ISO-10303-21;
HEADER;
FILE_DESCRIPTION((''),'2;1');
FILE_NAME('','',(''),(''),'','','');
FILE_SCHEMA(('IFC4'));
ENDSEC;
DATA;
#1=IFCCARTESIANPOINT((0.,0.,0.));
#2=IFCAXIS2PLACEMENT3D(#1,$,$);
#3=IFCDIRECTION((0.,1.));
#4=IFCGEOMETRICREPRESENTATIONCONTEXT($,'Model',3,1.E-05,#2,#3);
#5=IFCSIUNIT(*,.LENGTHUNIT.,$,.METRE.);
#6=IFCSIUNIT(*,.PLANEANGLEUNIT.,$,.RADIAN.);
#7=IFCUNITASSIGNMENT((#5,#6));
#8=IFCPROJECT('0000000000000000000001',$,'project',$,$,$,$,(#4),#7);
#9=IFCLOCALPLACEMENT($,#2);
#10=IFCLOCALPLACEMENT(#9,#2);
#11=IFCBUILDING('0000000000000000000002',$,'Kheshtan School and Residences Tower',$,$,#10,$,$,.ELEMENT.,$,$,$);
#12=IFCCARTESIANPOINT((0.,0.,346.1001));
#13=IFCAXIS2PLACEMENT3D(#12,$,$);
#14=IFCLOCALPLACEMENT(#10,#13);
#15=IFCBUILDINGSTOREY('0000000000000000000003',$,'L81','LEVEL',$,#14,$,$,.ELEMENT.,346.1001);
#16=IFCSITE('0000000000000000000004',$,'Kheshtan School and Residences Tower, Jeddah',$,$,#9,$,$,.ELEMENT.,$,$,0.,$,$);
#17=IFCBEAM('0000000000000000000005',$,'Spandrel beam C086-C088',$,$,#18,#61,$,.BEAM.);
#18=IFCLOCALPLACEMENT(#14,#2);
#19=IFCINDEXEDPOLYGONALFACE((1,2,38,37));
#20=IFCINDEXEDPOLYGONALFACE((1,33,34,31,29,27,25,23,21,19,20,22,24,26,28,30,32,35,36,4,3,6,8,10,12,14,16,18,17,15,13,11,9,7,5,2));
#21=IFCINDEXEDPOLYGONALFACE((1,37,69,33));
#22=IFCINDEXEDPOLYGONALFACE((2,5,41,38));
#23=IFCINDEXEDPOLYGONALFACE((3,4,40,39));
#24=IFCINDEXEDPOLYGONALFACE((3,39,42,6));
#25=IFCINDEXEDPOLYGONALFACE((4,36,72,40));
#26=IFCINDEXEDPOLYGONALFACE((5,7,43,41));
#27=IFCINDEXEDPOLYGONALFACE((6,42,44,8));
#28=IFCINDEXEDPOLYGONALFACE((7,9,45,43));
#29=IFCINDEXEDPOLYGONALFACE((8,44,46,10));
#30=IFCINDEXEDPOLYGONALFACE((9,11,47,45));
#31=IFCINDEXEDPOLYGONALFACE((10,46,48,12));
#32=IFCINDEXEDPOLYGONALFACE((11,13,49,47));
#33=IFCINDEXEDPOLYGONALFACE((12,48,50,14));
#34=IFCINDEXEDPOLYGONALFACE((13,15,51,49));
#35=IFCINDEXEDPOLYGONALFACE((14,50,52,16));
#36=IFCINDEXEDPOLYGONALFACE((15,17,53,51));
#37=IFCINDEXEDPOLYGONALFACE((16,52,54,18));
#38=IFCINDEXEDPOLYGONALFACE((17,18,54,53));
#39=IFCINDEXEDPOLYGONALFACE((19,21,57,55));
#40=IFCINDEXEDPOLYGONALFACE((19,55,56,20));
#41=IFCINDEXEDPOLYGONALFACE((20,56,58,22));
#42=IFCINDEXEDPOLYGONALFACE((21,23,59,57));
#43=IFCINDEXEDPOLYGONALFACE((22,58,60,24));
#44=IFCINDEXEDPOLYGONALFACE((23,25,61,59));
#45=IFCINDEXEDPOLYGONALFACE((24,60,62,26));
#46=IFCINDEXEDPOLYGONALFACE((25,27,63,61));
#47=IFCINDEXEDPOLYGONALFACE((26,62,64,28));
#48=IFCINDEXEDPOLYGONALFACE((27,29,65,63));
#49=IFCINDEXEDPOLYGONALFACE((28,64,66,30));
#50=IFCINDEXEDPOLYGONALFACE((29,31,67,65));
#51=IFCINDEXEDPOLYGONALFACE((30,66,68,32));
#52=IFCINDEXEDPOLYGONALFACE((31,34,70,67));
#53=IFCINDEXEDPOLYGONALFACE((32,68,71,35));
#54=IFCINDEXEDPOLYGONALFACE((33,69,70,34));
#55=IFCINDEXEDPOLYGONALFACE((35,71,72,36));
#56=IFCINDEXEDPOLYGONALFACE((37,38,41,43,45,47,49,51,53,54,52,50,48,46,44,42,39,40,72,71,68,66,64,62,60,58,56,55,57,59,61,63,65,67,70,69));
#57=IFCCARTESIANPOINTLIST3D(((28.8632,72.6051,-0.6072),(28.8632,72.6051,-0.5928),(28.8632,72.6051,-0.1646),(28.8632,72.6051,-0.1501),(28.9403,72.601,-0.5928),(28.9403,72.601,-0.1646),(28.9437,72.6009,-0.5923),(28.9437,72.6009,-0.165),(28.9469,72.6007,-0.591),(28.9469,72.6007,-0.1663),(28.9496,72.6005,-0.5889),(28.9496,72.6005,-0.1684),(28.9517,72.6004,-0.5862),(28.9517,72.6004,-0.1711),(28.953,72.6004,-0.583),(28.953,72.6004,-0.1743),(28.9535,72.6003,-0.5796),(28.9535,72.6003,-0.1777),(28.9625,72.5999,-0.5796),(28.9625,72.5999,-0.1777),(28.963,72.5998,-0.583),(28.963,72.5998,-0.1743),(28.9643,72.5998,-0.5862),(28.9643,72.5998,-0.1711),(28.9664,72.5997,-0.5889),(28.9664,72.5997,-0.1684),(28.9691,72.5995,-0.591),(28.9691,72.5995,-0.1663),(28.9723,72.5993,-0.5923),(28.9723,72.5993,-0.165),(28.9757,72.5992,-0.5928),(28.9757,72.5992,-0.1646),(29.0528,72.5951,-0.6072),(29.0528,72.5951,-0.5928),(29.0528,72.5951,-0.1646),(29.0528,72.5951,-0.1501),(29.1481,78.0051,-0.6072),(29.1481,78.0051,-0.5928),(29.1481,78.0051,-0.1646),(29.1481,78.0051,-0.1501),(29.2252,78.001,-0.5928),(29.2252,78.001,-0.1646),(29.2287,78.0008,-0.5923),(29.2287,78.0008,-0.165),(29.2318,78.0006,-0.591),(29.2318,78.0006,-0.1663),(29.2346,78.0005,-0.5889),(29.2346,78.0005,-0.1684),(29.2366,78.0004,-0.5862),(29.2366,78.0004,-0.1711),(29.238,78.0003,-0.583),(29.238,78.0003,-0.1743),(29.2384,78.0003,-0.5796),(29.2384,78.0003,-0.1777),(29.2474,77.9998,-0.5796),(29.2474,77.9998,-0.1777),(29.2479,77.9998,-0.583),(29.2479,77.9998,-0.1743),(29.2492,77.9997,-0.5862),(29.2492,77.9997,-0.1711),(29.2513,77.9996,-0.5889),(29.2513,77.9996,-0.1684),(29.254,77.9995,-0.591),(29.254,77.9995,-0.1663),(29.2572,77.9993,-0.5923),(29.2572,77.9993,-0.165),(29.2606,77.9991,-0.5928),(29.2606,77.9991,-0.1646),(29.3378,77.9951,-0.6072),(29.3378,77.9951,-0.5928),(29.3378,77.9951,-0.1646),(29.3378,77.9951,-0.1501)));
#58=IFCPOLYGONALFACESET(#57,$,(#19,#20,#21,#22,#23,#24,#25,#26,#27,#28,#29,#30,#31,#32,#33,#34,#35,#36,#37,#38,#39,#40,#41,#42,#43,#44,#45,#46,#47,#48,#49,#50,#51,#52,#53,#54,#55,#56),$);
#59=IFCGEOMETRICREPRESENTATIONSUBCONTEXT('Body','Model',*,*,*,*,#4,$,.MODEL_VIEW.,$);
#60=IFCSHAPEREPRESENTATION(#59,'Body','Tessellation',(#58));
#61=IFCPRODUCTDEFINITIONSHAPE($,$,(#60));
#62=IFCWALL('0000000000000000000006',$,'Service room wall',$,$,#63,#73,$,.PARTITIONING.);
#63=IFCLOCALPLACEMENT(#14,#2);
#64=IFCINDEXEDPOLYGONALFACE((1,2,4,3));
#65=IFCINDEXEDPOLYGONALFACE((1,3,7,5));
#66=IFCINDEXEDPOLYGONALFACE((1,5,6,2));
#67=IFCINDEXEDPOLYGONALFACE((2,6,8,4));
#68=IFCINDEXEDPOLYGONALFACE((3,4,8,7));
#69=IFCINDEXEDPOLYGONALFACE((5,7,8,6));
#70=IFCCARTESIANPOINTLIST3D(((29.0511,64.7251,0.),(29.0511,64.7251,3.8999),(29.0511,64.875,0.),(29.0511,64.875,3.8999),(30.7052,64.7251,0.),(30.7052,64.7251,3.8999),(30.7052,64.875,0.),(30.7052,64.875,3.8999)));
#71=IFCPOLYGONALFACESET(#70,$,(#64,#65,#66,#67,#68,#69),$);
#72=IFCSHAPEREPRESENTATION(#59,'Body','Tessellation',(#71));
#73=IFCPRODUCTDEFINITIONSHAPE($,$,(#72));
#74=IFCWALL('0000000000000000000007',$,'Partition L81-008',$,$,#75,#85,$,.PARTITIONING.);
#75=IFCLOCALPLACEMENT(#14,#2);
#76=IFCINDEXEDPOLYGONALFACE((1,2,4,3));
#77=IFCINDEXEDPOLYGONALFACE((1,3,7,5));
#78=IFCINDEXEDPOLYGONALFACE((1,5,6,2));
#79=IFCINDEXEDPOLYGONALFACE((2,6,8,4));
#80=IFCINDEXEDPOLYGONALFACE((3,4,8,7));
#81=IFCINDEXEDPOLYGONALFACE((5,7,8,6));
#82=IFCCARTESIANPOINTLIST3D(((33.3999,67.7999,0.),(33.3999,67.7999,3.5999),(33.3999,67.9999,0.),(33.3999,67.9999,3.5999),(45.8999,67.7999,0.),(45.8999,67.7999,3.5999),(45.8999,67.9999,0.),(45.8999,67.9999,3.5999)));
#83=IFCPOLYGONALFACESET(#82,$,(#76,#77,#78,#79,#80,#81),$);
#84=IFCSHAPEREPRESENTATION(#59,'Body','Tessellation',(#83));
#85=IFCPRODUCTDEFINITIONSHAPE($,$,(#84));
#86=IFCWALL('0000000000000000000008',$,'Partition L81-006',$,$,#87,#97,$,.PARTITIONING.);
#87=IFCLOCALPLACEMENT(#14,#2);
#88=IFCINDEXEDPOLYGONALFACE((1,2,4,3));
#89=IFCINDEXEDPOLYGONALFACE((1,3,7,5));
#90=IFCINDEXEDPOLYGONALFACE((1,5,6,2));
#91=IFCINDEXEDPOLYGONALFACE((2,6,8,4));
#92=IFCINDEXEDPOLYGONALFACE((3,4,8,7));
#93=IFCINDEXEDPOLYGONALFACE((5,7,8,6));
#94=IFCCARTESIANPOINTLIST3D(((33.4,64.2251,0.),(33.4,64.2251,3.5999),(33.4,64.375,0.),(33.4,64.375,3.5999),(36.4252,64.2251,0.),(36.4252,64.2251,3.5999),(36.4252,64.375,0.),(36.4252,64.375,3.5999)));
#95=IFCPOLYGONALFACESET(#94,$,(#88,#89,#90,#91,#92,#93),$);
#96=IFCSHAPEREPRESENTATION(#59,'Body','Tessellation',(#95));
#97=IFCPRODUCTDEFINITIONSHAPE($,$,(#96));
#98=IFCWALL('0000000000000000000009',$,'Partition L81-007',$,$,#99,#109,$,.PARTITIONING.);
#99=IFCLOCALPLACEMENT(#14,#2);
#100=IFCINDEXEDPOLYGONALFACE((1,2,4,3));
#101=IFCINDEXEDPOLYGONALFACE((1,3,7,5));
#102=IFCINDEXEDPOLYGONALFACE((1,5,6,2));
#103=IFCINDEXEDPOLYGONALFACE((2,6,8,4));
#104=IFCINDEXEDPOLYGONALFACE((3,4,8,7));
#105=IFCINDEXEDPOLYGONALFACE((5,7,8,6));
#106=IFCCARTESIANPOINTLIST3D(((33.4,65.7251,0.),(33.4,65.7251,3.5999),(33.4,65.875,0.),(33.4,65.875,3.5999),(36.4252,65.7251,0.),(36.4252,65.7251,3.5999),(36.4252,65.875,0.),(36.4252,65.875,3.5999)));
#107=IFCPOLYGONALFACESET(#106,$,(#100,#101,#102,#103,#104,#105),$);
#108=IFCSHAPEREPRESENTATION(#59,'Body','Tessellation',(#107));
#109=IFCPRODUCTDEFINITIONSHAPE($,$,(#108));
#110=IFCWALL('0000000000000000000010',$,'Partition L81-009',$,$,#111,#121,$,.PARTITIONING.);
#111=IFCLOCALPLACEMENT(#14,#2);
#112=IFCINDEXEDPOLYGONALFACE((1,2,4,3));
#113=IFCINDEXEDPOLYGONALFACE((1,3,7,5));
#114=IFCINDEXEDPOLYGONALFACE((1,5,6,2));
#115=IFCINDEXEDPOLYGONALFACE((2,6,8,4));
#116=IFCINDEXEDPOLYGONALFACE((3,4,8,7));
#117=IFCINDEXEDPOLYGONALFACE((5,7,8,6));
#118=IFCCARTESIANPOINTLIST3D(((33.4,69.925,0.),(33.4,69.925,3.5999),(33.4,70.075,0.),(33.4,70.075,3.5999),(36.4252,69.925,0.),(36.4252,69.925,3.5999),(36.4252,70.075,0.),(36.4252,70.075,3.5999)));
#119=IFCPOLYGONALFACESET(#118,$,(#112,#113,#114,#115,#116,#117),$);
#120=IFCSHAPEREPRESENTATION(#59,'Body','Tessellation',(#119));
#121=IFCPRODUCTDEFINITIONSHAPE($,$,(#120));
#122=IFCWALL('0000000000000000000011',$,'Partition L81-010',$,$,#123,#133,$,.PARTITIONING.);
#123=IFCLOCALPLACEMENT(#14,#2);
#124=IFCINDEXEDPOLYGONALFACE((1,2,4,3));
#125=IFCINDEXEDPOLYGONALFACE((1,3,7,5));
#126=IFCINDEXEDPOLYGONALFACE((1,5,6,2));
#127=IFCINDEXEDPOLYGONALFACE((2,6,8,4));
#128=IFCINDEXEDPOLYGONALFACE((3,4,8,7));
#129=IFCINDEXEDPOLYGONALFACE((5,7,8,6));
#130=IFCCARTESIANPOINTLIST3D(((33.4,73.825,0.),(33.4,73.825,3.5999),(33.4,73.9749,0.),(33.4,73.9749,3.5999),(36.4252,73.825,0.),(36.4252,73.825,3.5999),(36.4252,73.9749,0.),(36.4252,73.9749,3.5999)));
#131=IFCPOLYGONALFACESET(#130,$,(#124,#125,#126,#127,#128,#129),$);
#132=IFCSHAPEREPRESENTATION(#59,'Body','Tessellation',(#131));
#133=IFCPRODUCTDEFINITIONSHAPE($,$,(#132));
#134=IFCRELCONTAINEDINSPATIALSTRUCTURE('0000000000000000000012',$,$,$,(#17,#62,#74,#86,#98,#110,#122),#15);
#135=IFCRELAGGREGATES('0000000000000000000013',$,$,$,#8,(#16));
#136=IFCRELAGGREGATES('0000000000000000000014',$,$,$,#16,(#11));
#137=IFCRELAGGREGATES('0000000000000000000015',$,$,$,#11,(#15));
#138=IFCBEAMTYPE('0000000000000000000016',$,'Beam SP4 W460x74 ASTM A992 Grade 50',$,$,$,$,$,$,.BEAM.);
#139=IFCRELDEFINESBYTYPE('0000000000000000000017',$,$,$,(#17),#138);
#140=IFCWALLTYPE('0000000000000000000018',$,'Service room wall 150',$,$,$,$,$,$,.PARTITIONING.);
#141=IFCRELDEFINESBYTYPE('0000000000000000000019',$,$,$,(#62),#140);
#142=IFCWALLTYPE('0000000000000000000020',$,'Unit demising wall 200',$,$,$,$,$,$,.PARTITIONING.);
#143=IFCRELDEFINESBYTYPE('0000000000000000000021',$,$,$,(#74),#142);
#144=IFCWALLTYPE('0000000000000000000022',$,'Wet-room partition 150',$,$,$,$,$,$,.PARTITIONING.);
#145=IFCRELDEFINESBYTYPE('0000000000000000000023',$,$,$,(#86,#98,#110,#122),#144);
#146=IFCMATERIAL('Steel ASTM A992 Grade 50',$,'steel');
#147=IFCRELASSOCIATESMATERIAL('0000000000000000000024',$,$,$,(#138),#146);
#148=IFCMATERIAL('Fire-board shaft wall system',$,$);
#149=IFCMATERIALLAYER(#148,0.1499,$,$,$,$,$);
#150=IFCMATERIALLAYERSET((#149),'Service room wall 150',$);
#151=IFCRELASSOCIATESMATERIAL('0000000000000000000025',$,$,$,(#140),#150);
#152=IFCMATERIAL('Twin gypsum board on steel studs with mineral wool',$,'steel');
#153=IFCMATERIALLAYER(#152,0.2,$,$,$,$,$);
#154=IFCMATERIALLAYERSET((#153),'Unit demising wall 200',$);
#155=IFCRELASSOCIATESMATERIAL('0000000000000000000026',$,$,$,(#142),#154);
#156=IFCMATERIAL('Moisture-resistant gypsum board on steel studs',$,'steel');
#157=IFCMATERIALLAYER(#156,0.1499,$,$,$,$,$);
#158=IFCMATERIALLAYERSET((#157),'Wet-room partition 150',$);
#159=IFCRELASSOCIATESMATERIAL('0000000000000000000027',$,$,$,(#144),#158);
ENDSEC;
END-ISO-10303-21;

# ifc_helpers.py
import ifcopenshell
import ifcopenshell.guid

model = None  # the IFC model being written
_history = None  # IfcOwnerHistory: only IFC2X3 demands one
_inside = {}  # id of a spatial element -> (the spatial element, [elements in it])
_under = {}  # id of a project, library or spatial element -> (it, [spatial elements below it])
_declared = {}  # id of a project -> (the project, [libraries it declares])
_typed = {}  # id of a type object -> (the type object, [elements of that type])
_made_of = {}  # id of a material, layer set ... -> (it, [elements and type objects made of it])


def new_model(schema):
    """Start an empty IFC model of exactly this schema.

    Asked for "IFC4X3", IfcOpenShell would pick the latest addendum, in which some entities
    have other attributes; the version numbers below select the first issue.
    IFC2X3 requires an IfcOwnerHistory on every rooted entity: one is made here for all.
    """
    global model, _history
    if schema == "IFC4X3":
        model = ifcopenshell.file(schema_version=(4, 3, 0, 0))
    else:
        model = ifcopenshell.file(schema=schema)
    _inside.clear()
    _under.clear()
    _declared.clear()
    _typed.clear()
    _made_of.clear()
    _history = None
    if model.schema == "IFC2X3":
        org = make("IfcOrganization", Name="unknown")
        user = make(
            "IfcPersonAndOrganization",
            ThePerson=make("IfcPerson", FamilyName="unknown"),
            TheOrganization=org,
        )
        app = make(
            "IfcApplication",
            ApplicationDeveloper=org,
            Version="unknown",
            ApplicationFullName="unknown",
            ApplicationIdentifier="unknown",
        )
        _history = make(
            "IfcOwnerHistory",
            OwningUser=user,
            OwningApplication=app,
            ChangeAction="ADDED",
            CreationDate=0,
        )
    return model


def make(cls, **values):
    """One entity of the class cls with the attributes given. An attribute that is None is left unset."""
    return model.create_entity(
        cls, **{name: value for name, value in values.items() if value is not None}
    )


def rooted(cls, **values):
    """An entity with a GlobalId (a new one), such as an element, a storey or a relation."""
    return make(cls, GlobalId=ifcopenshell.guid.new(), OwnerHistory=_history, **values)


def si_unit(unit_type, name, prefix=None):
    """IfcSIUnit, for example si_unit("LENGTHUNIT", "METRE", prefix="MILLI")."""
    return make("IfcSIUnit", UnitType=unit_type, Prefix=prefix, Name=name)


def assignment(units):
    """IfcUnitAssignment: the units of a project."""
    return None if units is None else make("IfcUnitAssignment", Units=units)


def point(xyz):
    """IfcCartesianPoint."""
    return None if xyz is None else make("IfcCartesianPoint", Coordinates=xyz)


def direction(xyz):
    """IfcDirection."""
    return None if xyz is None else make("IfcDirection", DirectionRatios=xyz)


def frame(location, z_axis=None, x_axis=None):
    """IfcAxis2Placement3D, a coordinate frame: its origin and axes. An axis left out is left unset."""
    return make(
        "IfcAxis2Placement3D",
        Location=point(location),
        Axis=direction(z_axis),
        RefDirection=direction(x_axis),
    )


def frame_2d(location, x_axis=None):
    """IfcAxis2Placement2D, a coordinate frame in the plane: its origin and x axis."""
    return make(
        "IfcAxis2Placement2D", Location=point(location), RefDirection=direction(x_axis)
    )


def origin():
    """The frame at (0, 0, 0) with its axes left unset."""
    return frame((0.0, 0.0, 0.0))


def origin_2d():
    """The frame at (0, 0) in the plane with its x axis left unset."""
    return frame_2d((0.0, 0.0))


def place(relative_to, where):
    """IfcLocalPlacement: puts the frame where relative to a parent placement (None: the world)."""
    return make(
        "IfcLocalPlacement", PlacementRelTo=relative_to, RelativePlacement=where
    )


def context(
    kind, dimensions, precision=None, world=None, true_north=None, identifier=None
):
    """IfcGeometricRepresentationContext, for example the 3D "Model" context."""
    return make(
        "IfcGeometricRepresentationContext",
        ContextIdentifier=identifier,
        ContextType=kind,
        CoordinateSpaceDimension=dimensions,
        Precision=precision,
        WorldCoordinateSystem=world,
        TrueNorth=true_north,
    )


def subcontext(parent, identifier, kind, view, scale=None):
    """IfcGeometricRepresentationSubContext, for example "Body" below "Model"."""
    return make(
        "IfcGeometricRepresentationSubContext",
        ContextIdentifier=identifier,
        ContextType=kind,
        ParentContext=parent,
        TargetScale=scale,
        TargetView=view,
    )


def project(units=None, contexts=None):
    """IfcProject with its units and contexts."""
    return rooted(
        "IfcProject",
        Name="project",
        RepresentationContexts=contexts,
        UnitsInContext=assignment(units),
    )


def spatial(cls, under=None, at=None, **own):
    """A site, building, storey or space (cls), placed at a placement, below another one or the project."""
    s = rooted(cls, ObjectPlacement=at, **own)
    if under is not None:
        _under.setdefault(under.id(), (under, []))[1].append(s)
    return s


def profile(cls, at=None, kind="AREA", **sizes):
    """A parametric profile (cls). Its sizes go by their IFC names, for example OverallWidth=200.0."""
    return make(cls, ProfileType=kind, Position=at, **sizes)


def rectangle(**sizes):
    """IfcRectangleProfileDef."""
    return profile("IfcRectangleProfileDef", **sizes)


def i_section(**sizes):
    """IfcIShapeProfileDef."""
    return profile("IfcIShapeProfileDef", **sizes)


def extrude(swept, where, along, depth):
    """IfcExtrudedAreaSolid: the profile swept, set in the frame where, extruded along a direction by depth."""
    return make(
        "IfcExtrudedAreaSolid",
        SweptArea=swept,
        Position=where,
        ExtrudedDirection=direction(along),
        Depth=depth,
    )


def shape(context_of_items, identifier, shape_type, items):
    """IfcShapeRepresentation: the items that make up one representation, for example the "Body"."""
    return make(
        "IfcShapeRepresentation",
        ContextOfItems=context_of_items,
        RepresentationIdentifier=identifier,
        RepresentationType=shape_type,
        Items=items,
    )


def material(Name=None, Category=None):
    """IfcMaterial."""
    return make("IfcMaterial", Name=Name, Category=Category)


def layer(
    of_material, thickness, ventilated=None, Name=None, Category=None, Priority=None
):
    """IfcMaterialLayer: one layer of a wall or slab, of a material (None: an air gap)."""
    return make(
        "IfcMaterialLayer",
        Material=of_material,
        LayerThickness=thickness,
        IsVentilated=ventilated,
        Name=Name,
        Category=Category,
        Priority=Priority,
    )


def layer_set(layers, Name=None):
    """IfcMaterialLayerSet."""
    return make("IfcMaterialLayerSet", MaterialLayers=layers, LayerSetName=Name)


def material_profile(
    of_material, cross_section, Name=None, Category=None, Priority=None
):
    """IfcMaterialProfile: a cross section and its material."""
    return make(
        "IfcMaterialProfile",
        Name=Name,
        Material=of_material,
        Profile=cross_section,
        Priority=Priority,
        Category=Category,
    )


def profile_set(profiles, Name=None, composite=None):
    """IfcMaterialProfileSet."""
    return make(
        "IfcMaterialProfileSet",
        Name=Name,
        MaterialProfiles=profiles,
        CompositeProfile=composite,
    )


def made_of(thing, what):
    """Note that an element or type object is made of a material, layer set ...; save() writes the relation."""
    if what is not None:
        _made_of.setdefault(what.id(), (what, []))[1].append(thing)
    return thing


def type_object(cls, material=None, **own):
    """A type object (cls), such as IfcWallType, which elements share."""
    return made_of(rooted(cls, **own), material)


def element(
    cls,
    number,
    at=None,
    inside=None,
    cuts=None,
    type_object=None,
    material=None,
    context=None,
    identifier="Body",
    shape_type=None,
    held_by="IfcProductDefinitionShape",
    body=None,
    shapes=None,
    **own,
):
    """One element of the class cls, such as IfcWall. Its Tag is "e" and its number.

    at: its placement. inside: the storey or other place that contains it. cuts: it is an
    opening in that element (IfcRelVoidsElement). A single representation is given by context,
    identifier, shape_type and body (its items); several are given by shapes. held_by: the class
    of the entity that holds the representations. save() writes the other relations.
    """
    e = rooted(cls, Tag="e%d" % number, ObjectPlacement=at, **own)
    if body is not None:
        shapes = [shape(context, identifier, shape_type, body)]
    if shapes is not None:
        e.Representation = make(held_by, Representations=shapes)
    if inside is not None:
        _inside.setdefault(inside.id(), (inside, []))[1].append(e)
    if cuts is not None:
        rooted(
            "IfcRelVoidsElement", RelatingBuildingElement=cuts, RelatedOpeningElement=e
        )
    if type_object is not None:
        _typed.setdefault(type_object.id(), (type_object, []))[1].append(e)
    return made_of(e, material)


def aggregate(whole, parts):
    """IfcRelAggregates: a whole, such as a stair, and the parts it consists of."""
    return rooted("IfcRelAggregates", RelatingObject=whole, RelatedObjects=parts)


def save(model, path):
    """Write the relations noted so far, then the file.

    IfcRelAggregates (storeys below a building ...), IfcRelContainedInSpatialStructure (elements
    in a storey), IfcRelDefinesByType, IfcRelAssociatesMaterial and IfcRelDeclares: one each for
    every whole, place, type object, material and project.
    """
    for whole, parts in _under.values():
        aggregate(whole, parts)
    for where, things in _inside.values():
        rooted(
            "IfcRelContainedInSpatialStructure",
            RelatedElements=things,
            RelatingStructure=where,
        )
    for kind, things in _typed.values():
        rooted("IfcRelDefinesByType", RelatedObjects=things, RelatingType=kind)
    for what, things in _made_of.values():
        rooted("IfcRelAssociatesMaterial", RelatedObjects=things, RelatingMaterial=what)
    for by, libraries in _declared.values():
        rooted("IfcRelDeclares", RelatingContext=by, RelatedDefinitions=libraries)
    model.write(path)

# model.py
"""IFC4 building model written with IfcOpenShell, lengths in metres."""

from ifc_helpers import new_model, si_unit, direction, frame, frame_2d, origin, origin_2d, place, context, subcontext, project, spatial, rectangle, i_section, extrude, material, layer, layer_set, material_profile, profile_set, type_object, element, save


model = new_model("IFC4")

# Units and contexts
model_context = context("Model", 3, precision=1e-05, world=origin(), true_north=direction((0.0, 1.0)))
body_context = subcontext(model_context, "Body", "Model", "MODEL_VIEW")
ifc_project = project(units=[si_unit("LENGTHUNIT", "METRE"), si_unit("PLANEANGLEUNIT", "RADIAN")], contexts=[model_context])

# Site, building, storey
site_placement = place(None, origin())
site = spatial("IfcSite", under=ifc_project, at=site_placement, Name="Kheshtan School and Residences Tower, Jeddah", CompositionType="ELEMENT", RefElevation=0.0)
building_placement = place(site_placement, origin())
building = spatial("IfcBuilding", under=site, at=building_placement, Name="Kheshtan School and Residences Tower", CompositionType="ELEMENT")
storey_placement = place(building_placement, frame((0.0, 0.0, 346.1001)))
storey = spatial("IfcBuildingStorey", under=building, at=storey_placement, Name="L81", Description="LEVEL", CompositionType="ELEMENT", Elevation=346.1001)

# Shared definitions
ifc_material_1 = material(Name="Steel ASTM A992 Grade 50", Category="steel")

# Beam
ifc_material_profile_1 = material_profile(ifc_material_1, i_section(OverallWidth=0.1899, OverallDepth=0.457, WebThickness=0.009, FlangeThickness=0.0144, FilletRadius=0.0132, at=origin_2d()), Name="W460x74")
ifc_profile_set_1 = profile_set([ifc_material_profile_1], Name="Steel ASTM A992 Grade 50")
beam_type_1 = type_object("IfcBeamType", Name="Beam SP4 W460x74 ASTM A992 Grade 50", PredefinedType="BEAM", material=ifc_profile_set_1)
beam_1_placement = place(storey_placement, frame((28.958, 72.6001, -0.3787), z_axis=(0.052689, 0.998611, 0.0), x_axis=(-0.998611, 0.052689, 0.0)))
element("IfcBeam", 1, at=beam_1_placement, inside=storey, type_object=beam_type_1, Name="Spandrel beam C086-C088", PredefinedType="BEAM", context=body_context, shape_type="SweptSolid", body=[
    extrude(i_section(OverallWidth=0.1899, OverallDepth=0.457, WebThickness=0.009, FlangeThickness=0.0144, FilletRadius=0.0132, at=origin_2d()), origin(), (0.0, 0.0, 1.0), 5.4075),
])

# Walls
ifc_material_2 = material(Name="Fire-board shaft wall system")
ifc_layer_1 = layer(ifc_material_2, 0.1499)
ifc_layer_set_1 = layer_set([ifc_layer_1], Name="Service room wall 150")
wall_type_1 = type_object("IfcWallType", Name="Service room wall 150", PredefinedType="PARTITIONING", material=ifc_layer_set_1)
wall_1_placement = place(storey_placement, frame((29.051, 64.8, 0.0), z_axis=(0.0, 0.0, 1.0), x_axis=(1.0, 0.0, 0.0)))
element("IfcWall", 2, at=wall_1_placement, inside=storey, type_object=wall_type_1, Name="Service room wall", PredefinedType="PARTITIONING", context=body_context, shape_type="SweptSolid", body=[
    extrude(rectangle(XDim=1.6541, YDim=0.1499, at=frame_2d((0.8271, 0.0))), origin(), (0.0, 0.0, 1.0), 3.8999),
])
ifc_material_3 = material(Name="Twin gypsum board on steel studs with mineral wool", Category="steel")
ifc_layer_2 = layer(ifc_material_3, 0.2)
ifc_layer_set_2 = layer_set([ifc_layer_2], Name="Unit demising wall 200")
wall_type_2 = type_object("IfcWallType", Name="Unit demising wall 200", PredefinedType="PARTITIONING", material=ifc_layer_set_2)
wall_2_placement = place(storey_placement, frame((33.3999, 67.8999, 0.0), z_axis=(0.0, 0.0, 1.0), x_axis=(1.0, 0.0, 0.0)))
element("IfcWall", 3, at=wall_2_placement, inside=storey, type_object=wall_type_2, Name="Partition L81-008", PredefinedType="PARTITIONING", context=body_context, shape_type="SweptSolid", body=[
    extrude(rectangle(XDim=12.5, YDim=0.2, at=frame_2d((6.25, 0.0))), origin(), (0.0, 0.0, 1.0), 3.5999),
])
ifc_material_4 = material(Name="Moisture-resistant gypsum board on steel studs", Category="steel")
ifc_layer_3 = layer(ifc_material_4, 0.1499)
ifc_layer_set_3 = layer_set([ifc_layer_3], Name="Wet-room partition 150")
wall_type_3 = type_object("IfcWallType", Name="Wet-room partition 150", PredefinedType="PARTITIONING", material=ifc_layer_set_3)
for number, where, z_axis, x_axis, name in (
    (4, (33.3999, 64.3, 0.0), (0.0, 0.0, 1.0), (1.0, 0.0, 0.0), "Partition L81-006"),
    (5, (33.3999, 65.8, 0.0), (0.0, 0.0, 1.0), (1.0, 0.0, 0.0), "Partition L81-007"),
    (6, (33.3999, 70.0, 0.0), (0.0, 0.0, 1.0), (1.0, 0.0, 0.0), "Partition L81-009"),
    (7, (33.3999, 73.8999, 0.0), (0.0, 0.0, 1.0), (1.0, 0.0, 0.0), "Partition L81-010"),
):
    element("IfcWall", number, at=place(storey_placement, frame(where, z_axis=z_axis, x_axis=x_axis)), inside=storey, type_object=wall_type_3, Name=name, PredefinedType="PARTITIONING", context=body_context, shape_type="SweptSolid", body=[
        extrude(rectangle(XDim=3.0251, YDim=0.1499, at=frame_2d((1.5127, 0.0))), origin(), (0.0, 0.0, 1.0), 3.5999),
    ])

save(model, "model.ifc")
